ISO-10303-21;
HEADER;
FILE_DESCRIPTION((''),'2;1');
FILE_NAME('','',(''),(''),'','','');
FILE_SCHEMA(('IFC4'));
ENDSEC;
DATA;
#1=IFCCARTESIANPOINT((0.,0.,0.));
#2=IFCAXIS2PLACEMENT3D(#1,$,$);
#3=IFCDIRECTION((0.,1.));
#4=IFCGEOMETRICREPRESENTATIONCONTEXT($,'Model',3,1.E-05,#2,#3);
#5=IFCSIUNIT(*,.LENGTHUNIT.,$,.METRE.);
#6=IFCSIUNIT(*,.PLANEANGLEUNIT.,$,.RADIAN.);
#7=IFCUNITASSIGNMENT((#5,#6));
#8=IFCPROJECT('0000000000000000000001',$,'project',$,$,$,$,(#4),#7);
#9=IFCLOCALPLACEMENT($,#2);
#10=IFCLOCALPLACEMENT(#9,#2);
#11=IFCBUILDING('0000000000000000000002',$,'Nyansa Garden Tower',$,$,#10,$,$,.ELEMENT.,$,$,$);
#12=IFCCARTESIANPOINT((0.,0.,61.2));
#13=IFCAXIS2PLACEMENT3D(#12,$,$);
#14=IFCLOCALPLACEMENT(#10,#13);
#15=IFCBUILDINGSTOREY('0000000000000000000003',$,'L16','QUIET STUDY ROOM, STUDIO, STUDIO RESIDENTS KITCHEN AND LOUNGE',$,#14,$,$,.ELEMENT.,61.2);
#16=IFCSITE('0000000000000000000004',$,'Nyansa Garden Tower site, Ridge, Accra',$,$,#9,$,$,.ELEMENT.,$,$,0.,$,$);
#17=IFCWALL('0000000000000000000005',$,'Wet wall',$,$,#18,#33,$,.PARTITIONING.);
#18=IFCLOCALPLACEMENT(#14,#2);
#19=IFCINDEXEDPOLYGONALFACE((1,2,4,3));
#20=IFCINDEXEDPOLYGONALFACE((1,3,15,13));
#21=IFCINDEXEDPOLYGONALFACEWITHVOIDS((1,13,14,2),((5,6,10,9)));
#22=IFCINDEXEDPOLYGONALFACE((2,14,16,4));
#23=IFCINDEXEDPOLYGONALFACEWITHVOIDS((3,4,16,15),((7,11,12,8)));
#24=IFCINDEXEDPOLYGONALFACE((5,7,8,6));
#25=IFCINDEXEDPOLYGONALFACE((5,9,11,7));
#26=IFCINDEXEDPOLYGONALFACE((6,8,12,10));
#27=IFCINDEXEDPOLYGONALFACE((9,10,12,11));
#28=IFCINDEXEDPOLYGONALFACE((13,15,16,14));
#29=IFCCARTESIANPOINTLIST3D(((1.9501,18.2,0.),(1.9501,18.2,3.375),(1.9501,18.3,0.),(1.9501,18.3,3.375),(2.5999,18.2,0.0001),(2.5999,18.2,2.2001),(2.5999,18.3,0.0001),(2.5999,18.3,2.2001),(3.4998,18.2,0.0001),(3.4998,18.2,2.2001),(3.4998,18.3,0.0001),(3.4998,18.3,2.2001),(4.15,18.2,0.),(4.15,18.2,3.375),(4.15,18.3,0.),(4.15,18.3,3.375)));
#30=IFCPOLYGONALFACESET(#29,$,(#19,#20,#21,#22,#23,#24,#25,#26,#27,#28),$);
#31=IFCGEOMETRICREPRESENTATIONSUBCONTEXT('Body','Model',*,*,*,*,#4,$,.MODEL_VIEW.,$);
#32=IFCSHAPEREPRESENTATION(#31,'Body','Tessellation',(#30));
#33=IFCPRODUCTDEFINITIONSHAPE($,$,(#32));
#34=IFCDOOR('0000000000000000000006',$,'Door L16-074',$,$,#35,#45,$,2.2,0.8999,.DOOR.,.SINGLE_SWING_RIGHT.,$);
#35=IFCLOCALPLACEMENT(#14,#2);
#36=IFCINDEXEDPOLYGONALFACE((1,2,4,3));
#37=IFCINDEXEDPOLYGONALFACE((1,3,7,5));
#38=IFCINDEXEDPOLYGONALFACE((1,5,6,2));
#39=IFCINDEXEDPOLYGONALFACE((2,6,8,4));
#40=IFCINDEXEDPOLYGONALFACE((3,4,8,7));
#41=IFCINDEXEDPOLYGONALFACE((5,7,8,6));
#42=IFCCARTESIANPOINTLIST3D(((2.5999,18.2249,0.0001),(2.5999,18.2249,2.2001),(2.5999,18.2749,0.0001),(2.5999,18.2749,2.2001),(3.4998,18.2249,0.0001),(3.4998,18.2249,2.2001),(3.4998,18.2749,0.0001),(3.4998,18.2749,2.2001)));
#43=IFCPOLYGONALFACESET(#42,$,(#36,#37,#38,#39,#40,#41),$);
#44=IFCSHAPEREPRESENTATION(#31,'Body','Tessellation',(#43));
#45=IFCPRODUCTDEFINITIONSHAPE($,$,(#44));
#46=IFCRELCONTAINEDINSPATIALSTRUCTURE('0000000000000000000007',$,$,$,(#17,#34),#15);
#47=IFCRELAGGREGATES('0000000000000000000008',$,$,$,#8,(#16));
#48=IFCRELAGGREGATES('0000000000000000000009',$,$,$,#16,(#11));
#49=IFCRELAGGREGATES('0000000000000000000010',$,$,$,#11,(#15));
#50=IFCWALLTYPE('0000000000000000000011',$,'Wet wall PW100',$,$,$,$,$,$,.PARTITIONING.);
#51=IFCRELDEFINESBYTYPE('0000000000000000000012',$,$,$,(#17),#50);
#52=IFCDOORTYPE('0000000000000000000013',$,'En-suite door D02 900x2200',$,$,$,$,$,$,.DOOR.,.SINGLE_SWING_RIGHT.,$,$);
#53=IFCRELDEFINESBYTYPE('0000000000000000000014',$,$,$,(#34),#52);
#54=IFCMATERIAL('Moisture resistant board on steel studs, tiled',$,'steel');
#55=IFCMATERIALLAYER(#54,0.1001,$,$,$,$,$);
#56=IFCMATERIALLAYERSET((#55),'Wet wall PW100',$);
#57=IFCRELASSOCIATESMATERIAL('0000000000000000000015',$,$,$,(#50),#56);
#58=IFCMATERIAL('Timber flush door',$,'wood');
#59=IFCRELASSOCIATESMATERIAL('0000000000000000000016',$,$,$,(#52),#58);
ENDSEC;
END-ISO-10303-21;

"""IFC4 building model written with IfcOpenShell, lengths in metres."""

from ifc_helpers import new_model, si_unit, direction, frame, frame_2d, origin, place, context, subcontext, project, spatial, rectangle, extrude, material, layer, layer_set, type_object, element, fill, save


model = new_model("IFC4")

# Units and contexts
model_context = context("Model", 3, precision=1e-05, world=origin(), true_north=direction((0.0, 1.0)))
body_context = subcontext(model_context, "Body", "Model", "MODEL_VIEW")
ifc_project = project(units=[si_unit("LENGTHUNIT", "METRE"), si_unit("PLANEANGLEUNIT", "RADIAN")], contexts=[model_context])

# Site, building, storey
site_placement = place(None, origin())
site = spatial("IfcSite", under=ifc_project, at=site_placement, Name="Nyansa Garden Tower site, Ridge, Accra", CompositionType="ELEMENT", RefElevation=0.0)
building_placement = place(site_placement, origin())
building = spatial("IfcBuilding", under=site, at=building_placement, Name="Nyansa Garden Tower", CompositionType="ELEMENT")
storey_placement = place(building_placement, frame((0.0, 0.0, 61.2)))
storey = spatial("IfcBuildingStorey", under=building, at=storey_placement, Name="L16", Description="QUIET STUDY ROOM, STUDIO, STUDIO RESIDENTS KITCHEN AND LOUNGE", CompositionType="ELEMENT", Elevation=61.2)

# Shared definitions
ifc_material_1 = material(Name="Moisture resistant board on steel studs, tiled", Category="steel")
ifc_layer_1 = layer(ifc_material_1, 0.1001)
ifc_layer_set_1 = layer_set([ifc_layer_1], Name="Wet wall PW100")
wall_type_1 = type_object("IfcWallType", Name="Wet wall PW100", PredefinedType="PARTITIONING", material=ifc_layer_set_1)

# Shared definitions
ifc_material_2 = material(Name="Timber flush door", Category="wood")
door_type_1 = type_object("IfcDoorType", Name="En-suite door D02 900x2200", OperationType="SINGLE_SWING_RIGHT", PredefinedType="DOOR", material=ifc_material_2)

# Wall, opening, door
wall_1_placement = place(storey_placement, frame((1.95, 18.25, 0.0), z_axis=(0.0, 0.0, 1.0), x_axis=(1.0, 0.0, 0.0)))
wall_1 = element("IfcWall", 1, at=wall_1_placement, inside=storey, type_object=wall_type_1, Name="Wet wall", PredefinedType="PARTITIONING", context=body_context, shape_type="SweptSolid", body=[
    extrude(rectangle(XDim=2.2, YDim=0.1001, at=frame_2d((1.1001, 0.0))), origin(), (0.0, 0.0, 1.0), 3.375),
])
opening_1_placement = place(wall_1_placement, frame((0.6499, 0.0, 0.0)))
opening_1 = element("IfcOpeningElement", 2, at=opening_1_placement, cuts=wall_1, PredefinedType="OPENING", context=body_context, shape_type="SweptSolid", body=[
    extrude(rectangle(XDim=0.8999, YDim=2.2, at=frame_2d((0.45, 1.1001))), frame((0.0, 0.0601, 0.0), z_axis=(0.0, -1.0, 0.0), x_axis=(1.0, 0.0, 0.0)), (0.0, 0.0, 1.0), 0.1201),
])
door_1_placement = place(opening_1_placement, origin())
door_1 = element("IfcDoor", 3, at=door_1_placement, inside=storey, type_object=door_type_1, Name="Door L16-074", OperationType="SINGLE_SWING_RIGHT", OverallHeight=2.2, OverallWidth=0.8999, PredefinedType="DOOR", context=body_context, shape_type="SweptSolid", body=[
    extrude(rectangle(XDim=0.8999, YDim=2.2, at=frame_2d((0.45, 1.1001))), frame((0.0, 0.0249, 0.0), z_axis=(0.0, -1.0, 0.0), x_axis=(1.0, 0.0, 0.0)), (0.0, 0.0, 1.0), 0.05),
])
fill(opening_1, door_1)

save(model, "model.ifc")
